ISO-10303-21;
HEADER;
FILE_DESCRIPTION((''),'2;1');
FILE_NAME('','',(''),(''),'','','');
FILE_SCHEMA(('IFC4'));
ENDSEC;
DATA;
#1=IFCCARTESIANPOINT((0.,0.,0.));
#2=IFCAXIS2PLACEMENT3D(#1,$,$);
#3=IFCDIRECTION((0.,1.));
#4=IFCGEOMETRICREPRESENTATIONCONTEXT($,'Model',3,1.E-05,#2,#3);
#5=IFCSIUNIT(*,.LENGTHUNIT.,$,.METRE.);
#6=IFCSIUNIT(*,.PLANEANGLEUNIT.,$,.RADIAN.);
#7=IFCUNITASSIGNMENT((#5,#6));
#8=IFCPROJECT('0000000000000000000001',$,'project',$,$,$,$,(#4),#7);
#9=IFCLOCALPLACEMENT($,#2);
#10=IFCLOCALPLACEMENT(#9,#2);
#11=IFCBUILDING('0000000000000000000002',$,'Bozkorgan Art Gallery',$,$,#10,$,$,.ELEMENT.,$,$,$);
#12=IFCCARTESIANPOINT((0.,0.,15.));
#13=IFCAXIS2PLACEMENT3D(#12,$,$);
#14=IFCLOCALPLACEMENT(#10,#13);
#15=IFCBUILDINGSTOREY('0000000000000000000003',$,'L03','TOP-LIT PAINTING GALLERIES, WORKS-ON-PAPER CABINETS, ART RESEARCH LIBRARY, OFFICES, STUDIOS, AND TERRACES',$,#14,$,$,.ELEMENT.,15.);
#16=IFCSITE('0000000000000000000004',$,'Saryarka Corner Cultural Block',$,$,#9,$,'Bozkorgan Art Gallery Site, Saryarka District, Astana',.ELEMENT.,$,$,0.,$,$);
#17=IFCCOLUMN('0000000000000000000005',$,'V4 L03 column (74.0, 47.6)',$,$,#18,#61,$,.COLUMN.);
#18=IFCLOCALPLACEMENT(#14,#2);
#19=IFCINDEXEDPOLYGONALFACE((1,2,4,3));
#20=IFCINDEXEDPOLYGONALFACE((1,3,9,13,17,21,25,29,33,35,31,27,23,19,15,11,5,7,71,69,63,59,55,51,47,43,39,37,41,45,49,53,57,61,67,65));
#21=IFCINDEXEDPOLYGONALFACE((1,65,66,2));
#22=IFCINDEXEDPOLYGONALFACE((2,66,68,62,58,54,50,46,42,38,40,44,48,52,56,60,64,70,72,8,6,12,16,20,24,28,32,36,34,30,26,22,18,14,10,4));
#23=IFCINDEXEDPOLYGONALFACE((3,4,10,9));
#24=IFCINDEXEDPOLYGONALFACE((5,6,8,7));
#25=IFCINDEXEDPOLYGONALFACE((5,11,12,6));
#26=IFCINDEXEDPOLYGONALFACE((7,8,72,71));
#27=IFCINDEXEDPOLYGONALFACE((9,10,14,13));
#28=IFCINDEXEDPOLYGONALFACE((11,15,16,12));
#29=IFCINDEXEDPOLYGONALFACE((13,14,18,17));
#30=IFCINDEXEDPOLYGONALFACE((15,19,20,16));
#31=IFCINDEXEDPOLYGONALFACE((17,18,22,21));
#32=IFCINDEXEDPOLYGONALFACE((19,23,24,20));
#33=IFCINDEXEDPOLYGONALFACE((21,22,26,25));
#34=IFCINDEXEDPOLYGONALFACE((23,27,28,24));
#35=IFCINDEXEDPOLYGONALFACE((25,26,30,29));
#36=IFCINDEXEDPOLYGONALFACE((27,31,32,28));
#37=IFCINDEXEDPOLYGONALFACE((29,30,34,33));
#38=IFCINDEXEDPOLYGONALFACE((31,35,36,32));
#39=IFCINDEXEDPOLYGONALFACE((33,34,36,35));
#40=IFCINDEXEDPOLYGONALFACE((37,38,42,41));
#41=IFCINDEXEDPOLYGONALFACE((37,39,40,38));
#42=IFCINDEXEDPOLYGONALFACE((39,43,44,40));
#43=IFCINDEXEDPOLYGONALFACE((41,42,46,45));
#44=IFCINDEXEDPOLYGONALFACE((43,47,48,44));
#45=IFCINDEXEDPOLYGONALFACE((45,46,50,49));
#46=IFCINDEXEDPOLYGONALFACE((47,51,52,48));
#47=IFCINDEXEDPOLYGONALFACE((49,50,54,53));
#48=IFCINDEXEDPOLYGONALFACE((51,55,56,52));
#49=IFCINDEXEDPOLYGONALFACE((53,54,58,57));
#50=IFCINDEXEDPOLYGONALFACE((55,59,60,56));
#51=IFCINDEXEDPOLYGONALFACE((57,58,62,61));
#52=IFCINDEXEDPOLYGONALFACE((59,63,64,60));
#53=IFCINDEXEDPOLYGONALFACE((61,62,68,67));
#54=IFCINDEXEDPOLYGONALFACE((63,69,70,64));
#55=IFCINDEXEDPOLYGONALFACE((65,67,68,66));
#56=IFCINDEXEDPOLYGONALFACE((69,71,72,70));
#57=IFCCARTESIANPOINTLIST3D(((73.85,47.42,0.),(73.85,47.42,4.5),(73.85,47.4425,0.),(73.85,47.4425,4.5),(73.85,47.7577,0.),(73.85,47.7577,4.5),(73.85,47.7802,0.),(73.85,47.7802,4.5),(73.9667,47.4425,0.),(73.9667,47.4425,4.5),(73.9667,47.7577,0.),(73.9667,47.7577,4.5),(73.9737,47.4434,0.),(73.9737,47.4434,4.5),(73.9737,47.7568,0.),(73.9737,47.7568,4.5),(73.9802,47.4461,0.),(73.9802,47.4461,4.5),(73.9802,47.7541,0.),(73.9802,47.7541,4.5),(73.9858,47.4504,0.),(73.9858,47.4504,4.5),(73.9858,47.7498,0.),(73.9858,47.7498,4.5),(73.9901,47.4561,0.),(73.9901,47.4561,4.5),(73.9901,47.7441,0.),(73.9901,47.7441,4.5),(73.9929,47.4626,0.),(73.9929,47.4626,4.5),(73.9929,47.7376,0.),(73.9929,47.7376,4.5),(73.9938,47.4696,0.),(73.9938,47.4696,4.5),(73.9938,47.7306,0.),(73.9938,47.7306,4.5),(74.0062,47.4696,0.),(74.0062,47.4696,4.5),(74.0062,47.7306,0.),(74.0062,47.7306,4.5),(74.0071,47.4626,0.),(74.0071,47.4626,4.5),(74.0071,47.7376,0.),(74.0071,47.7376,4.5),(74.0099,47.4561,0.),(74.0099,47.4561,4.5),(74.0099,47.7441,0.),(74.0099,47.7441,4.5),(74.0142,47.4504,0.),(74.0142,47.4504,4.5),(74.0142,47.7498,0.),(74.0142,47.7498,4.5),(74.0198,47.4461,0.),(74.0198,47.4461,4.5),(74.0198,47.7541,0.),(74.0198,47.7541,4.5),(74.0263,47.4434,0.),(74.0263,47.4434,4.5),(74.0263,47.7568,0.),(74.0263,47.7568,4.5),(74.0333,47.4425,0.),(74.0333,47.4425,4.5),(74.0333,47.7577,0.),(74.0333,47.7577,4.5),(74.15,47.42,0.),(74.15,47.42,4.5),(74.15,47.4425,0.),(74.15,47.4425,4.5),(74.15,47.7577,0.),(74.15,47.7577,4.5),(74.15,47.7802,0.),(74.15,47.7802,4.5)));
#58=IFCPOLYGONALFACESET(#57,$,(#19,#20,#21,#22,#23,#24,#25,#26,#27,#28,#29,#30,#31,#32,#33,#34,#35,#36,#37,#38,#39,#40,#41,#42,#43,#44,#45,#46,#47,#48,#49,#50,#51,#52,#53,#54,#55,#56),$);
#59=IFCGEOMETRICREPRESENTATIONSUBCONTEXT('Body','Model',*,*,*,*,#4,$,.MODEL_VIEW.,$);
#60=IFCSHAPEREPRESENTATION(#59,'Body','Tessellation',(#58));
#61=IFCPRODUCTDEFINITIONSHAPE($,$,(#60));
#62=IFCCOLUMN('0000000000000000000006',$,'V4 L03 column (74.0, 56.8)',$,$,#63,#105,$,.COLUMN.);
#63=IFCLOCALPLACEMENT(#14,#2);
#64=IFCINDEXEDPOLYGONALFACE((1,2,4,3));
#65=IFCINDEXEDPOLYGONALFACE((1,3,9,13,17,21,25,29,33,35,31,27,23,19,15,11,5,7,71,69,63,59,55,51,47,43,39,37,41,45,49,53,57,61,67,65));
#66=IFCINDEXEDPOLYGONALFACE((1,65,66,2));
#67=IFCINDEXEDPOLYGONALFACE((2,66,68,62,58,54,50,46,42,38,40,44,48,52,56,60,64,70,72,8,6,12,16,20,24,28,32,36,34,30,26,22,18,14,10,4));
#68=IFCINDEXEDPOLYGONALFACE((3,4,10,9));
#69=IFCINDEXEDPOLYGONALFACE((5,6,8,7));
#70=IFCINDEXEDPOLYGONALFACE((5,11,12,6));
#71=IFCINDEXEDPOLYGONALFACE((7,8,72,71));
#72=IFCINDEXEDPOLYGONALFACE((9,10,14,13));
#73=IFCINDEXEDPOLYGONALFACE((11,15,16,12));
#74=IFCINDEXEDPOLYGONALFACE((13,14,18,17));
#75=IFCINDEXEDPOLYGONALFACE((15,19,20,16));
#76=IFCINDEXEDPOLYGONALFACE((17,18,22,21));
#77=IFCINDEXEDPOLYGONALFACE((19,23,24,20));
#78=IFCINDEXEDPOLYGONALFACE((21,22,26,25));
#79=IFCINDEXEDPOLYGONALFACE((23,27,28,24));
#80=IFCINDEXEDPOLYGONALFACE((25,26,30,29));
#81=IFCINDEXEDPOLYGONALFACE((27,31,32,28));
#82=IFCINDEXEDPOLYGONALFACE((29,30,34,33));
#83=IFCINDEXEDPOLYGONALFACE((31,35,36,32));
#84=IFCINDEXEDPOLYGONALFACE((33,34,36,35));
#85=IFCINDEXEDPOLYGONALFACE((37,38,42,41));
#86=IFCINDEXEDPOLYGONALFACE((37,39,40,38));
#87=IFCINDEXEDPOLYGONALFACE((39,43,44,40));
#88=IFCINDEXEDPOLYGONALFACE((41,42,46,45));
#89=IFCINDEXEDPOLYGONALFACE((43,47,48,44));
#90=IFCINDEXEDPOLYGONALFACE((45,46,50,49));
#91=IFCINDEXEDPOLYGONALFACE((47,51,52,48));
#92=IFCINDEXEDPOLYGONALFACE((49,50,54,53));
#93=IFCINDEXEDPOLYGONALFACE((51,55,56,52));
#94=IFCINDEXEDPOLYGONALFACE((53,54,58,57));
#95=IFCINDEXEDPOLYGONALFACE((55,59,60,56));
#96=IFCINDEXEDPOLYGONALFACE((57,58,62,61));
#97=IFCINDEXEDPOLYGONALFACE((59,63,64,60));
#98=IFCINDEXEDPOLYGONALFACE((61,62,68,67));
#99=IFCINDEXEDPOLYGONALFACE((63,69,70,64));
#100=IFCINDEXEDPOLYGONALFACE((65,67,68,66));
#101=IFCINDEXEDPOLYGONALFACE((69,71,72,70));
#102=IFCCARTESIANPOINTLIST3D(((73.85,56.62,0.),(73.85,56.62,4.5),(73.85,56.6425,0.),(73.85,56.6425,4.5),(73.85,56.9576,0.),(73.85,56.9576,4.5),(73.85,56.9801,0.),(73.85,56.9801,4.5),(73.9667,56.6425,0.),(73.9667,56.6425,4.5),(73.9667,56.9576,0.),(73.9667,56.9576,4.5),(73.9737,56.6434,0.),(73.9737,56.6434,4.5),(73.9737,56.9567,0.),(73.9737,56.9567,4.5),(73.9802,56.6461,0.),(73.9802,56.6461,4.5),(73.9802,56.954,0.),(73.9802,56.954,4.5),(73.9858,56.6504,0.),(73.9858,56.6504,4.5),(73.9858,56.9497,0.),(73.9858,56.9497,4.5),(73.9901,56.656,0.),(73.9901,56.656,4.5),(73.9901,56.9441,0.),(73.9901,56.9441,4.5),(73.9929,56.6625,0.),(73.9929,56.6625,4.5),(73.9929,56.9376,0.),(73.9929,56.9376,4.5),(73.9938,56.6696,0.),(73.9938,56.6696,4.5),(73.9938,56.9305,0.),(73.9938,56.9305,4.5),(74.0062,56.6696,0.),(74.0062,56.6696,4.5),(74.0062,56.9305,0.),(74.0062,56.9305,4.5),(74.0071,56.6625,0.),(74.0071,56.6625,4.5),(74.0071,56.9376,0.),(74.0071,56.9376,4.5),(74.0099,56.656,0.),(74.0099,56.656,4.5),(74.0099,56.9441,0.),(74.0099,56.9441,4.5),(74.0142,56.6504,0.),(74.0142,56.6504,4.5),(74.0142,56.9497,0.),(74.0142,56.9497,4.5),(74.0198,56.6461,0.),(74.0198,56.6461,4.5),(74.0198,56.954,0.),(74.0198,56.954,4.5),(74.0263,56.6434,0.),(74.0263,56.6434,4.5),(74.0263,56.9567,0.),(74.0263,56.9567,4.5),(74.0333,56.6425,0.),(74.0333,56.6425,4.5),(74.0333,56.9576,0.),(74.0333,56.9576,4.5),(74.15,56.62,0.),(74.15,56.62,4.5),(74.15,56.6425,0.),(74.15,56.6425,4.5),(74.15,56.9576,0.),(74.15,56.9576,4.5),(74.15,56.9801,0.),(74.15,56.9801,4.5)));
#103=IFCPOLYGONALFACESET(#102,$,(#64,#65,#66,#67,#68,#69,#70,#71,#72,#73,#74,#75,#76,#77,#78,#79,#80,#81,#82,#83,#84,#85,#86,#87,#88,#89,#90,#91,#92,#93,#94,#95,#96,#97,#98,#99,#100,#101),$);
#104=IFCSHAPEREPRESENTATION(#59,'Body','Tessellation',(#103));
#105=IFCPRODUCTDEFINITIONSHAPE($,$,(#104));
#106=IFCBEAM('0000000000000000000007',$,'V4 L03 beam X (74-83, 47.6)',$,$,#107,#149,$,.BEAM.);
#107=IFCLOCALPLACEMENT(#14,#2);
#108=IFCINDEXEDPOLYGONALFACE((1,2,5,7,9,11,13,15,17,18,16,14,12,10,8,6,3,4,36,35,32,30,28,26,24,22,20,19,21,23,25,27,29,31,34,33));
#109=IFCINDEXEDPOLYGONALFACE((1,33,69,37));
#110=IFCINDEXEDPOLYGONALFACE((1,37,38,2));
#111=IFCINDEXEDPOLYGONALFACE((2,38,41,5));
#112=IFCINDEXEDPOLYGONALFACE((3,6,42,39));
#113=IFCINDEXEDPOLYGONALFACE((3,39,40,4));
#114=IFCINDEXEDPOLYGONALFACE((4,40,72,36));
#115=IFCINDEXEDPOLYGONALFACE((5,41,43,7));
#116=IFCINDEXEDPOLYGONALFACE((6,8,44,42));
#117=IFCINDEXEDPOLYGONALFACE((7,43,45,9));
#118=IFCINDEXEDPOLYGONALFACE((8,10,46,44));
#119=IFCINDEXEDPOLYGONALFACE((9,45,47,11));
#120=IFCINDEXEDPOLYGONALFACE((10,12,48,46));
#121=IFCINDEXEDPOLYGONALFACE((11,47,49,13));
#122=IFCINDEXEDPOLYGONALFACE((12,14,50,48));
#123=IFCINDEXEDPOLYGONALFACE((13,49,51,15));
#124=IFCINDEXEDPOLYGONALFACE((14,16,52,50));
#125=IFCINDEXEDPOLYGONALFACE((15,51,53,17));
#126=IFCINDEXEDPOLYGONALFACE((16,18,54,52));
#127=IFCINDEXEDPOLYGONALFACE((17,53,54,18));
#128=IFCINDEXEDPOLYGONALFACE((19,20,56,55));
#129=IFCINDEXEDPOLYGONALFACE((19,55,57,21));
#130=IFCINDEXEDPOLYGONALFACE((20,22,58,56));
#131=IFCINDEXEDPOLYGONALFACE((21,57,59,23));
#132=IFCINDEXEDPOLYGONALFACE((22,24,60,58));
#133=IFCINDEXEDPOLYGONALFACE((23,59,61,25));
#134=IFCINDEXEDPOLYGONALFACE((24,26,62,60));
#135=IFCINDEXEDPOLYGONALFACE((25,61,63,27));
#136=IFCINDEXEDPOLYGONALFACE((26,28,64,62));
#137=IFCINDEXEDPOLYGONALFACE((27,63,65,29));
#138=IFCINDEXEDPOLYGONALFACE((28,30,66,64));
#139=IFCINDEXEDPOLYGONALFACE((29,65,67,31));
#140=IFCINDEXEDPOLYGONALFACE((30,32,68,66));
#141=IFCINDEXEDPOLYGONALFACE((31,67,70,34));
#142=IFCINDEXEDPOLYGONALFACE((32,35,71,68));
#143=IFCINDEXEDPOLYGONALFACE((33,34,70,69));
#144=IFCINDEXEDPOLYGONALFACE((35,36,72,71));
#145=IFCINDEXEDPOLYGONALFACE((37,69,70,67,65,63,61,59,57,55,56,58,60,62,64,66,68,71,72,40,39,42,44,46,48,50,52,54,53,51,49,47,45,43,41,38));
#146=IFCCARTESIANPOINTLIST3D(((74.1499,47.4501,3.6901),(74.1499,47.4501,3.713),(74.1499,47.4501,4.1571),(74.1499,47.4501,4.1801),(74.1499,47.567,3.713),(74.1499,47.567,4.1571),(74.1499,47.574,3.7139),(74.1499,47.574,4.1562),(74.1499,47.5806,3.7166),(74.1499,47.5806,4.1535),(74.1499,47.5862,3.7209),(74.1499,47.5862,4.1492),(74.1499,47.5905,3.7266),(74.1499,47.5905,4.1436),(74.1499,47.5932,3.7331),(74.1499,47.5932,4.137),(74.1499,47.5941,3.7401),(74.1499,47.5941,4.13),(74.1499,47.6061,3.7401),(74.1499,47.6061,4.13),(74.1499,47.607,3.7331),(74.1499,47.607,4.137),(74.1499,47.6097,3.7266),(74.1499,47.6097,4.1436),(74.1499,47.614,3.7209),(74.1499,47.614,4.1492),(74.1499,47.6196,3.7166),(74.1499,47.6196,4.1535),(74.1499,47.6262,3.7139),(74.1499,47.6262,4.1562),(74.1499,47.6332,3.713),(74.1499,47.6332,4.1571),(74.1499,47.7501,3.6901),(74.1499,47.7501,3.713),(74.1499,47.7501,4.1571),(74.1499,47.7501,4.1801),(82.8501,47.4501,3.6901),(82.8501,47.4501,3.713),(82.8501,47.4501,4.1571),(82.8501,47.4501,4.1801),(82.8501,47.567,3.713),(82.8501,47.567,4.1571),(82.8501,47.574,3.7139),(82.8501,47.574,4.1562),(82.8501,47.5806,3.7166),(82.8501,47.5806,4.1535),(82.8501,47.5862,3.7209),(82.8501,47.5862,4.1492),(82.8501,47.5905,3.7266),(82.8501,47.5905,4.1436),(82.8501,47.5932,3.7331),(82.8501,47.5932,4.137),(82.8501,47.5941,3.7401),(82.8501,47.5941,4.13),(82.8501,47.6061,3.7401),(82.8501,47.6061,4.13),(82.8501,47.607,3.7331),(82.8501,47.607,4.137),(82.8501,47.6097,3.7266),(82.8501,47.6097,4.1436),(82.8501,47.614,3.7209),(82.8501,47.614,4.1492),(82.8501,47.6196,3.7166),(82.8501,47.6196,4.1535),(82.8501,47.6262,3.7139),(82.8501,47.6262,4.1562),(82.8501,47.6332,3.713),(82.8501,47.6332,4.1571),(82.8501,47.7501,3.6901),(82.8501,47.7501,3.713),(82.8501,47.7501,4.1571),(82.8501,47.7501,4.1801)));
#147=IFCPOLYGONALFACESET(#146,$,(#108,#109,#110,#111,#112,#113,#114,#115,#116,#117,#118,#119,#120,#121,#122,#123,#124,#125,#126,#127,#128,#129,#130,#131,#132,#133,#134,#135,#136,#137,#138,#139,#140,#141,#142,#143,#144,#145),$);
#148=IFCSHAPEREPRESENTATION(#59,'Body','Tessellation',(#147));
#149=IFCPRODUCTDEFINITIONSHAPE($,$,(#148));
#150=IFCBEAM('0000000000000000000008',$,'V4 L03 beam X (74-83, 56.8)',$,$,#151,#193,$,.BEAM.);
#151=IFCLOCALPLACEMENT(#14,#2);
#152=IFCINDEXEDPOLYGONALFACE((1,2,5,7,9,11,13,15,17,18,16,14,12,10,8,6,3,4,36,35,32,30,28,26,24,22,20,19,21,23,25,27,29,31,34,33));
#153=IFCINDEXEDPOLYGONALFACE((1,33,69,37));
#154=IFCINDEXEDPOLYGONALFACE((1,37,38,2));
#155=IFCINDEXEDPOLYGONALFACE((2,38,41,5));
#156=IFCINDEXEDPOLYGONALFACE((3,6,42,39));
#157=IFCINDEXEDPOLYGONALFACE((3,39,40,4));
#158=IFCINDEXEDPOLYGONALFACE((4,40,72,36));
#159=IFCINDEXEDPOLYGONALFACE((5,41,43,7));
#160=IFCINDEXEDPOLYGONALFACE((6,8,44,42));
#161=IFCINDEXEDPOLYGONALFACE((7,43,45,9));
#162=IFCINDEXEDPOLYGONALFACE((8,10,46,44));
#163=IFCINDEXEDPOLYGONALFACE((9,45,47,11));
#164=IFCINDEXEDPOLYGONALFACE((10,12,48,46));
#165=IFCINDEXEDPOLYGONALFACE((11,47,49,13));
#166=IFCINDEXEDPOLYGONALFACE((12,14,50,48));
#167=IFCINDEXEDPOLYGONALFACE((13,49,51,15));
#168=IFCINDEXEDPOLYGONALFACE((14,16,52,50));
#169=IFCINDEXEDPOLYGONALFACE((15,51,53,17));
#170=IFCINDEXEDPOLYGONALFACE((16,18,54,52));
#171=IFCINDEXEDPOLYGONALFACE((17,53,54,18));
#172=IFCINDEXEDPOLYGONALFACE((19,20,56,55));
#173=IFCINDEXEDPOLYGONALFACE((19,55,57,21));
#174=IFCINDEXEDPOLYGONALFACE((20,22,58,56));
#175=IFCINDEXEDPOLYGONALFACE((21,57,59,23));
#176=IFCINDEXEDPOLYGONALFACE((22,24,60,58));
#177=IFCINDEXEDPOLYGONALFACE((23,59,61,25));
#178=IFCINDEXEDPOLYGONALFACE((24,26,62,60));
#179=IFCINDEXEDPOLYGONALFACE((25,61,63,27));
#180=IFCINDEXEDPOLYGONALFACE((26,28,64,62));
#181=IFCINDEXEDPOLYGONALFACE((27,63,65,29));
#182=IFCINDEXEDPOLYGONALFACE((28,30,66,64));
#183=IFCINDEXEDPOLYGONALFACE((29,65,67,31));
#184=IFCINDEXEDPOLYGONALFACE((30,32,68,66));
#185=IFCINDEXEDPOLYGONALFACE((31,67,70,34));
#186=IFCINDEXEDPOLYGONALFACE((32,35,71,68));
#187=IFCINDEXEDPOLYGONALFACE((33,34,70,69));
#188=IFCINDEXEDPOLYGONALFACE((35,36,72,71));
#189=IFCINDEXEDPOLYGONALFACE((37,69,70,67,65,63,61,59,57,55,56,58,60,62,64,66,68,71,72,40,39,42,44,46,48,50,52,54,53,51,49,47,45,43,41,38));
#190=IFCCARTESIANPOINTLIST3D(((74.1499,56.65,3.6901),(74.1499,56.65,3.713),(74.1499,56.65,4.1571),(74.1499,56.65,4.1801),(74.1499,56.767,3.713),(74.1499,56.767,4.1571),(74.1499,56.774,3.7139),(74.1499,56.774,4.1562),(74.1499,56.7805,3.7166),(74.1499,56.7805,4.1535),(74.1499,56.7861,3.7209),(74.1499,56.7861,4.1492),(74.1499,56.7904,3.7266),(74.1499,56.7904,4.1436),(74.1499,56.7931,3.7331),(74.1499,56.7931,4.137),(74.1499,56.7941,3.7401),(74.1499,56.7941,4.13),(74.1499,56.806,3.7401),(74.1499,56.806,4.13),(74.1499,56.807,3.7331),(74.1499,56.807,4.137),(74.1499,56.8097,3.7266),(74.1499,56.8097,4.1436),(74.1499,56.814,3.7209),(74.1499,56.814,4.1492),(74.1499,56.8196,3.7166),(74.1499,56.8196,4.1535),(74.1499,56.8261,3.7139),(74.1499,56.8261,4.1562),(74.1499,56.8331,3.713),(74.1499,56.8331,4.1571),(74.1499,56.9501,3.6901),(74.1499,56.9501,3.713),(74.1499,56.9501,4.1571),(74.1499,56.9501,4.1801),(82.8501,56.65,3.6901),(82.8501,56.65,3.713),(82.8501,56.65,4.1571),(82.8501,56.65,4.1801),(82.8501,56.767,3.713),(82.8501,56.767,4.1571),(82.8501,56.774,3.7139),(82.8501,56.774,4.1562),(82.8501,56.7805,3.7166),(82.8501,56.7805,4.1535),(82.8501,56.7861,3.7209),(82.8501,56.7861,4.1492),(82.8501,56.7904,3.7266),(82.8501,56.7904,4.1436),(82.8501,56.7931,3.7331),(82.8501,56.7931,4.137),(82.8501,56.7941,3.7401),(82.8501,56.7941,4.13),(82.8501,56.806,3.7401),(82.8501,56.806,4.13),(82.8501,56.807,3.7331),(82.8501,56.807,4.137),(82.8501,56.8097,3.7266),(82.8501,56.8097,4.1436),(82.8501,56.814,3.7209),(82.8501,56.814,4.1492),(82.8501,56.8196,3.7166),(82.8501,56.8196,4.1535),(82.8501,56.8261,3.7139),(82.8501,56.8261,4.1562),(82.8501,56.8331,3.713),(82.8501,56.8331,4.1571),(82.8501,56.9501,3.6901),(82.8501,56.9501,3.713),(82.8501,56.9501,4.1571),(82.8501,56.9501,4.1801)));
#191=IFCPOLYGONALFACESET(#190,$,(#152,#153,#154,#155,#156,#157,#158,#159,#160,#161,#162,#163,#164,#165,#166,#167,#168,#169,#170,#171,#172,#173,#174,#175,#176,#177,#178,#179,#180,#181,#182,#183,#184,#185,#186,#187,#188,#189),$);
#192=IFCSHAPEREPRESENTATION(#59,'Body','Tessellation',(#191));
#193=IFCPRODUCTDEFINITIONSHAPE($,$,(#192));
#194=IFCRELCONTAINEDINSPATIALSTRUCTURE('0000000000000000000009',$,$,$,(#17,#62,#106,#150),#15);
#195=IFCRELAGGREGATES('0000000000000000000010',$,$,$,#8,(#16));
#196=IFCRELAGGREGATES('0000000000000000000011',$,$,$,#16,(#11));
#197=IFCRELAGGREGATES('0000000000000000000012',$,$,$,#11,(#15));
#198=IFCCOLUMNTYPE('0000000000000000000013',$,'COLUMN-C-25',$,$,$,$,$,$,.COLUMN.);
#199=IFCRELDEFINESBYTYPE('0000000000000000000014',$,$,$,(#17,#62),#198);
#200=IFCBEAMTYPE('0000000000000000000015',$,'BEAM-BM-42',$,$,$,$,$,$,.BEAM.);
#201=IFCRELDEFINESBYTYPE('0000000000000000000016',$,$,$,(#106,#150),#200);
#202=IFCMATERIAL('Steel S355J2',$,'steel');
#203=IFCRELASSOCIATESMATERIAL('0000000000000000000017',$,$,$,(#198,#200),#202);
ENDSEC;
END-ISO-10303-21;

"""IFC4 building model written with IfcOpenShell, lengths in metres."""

from ifc_helpers import new_model, si_unit, direction, frame, origin, origin_2d, place, context, subcontext, project, spatial, i_section, extrude, material, material_profile, profile_set, type_object, element, save


model = new_model("IFC4")

# Units and contexts
model_context = context("Model", 3, precision=1e-05, world=origin(), true_north=direction((0.0, 1.0)))
body_context = subcontext(model_context, "Body", "Model", "MODEL_VIEW")
ifc_project = project(units=[si_unit("LENGTHUNIT", "METRE"), si_unit("PLANEANGLEUNIT", "RADIAN")], contexts=[model_context])

# Site, building, storey
site_placement = place(None, origin())
site = spatial("IfcSite", under=ifc_project, at=site_placement, Name="Saryarka Corner Cultural Block", LongName="Bozkorgan Art Gallery Site, Saryarka District, Astana", CompositionType="ELEMENT", RefElevation=0.0)
building_placement = place(site_placement, origin())
building = spatial("IfcBuilding", under=site, at=building_placement, Name="Bozkorgan Art Gallery", CompositionType="ELEMENT")
storey_placement = place(building_placement, frame((0.0, 0.0, 15.0)))
storey = spatial("IfcBuildingStorey", under=building, at=storey_placement, Name="L03", Description="TOP-LIT PAINTING GALLERIES, WORKS-ON-PAPER CABINETS, ART RESEARCH LIBRARY, OFFICES, STUDIOS, AND TERRACES", CompositionType="ELEMENT", Elevation=15.0)

# Columns
ifc_material_1 = material(Name="Steel S355J2", Category="steel")
ifc_material_profile_1 = material_profile(ifc_material_1, i_section(OverallWidth=0.3, OverallDepth=0.3601, WebThickness=0.0125, FlangeThickness=0.0225, FilletRadius=0.0271, at=origin_2d()), Name="HEB 360")
ifc_profile_set_1 = profile_set([ifc_material_profile_1], Name="Steel S355J2")
column_type = type_object("IfcColumnType", Name="COLUMN-C-25", PredefinedType="COLUMN", material=ifc_profile_set_1)
for number, where, z_axis, x_axis, name in (
    (1, (74.0, 47.6001, 0.0), (0.0, 0.0, 1.0), (1.0, 0.0, 0.0), "V4 L03 column (74.0, 47.6)"),
    (2, (74.0, 56.8, 0.0), (0.0, 0.0, 1.0), (1.0, 0.0, 0.0), "V4 L03 column (74.0, 56.8)"),
):
    element("IfcColumn", number, at=place(storey_placement, frame(where, z_axis=z_axis, x_axis=x_axis)), inside=storey, type_object=column_type, Name=name, PredefinedType="COLUMN", context=body_context, shape_type="SweptSolid", body=[
        extrude(i_section(OverallWidth=0.3, OverallDepth=0.3601, WebThickness=0.0125, FlangeThickness=0.0225, FilletRadius=0.0271, at=origin_2d()), origin(), (0.0, 0.0, 1.0), 4.5),
    ])

# Beams
ifc_material_profile_2 = material_profile(ifc_material_1, i_section(OverallWidth=0.3, OverallDepth=0.49, WebThickness=0.012, FlangeThickness=0.0229, FilletRadius=0.0271, at=origin_2d()), Name="HEA 500")
ifc_profile_set_2 = profile_set([ifc_material_profile_2], Name="Steel S355J2")
beam_type_1 = type_object("IfcBeamType", Name="BEAM-BM-42", PredefinedType="BEAM", material=ifc_profile_set_2)
for number, where, z_axis, x_axis, name in (
    (3, (74.1499, 47.6001, 3.9351), (1.0, 0.0, 0.0), (0.0, 1.0, 0.0), "V4 L03 beam X (74-83, 47.6)"),
    (4, (74.1499, 56.8, 3.9351), (1.0, 0.0, 0.0), (0.0, 1.0, 0.0), "V4 L03 beam X (74-83, 56.8)"),
):
    element("IfcBeam", number, at=place(storey_placement, frame(where, z_axis=z_axis, x_axis=x_axis)), inside=storey, type_object=beam_type_1, Name=name, PredefinedType="BEAM", context=body_context, shape_type="SweptSolid", body=[
        extrude(i_section(OverallWidth=0.3, OverallDepth=0.49, WebThickness=0.012, FlangeThickness=0.0229, FilletRadius=0.0271, at=origin_2d()), origin(), (0.0, 0.0, 1.0), 8.7002),
    ])

save(model, "model.ifc")
